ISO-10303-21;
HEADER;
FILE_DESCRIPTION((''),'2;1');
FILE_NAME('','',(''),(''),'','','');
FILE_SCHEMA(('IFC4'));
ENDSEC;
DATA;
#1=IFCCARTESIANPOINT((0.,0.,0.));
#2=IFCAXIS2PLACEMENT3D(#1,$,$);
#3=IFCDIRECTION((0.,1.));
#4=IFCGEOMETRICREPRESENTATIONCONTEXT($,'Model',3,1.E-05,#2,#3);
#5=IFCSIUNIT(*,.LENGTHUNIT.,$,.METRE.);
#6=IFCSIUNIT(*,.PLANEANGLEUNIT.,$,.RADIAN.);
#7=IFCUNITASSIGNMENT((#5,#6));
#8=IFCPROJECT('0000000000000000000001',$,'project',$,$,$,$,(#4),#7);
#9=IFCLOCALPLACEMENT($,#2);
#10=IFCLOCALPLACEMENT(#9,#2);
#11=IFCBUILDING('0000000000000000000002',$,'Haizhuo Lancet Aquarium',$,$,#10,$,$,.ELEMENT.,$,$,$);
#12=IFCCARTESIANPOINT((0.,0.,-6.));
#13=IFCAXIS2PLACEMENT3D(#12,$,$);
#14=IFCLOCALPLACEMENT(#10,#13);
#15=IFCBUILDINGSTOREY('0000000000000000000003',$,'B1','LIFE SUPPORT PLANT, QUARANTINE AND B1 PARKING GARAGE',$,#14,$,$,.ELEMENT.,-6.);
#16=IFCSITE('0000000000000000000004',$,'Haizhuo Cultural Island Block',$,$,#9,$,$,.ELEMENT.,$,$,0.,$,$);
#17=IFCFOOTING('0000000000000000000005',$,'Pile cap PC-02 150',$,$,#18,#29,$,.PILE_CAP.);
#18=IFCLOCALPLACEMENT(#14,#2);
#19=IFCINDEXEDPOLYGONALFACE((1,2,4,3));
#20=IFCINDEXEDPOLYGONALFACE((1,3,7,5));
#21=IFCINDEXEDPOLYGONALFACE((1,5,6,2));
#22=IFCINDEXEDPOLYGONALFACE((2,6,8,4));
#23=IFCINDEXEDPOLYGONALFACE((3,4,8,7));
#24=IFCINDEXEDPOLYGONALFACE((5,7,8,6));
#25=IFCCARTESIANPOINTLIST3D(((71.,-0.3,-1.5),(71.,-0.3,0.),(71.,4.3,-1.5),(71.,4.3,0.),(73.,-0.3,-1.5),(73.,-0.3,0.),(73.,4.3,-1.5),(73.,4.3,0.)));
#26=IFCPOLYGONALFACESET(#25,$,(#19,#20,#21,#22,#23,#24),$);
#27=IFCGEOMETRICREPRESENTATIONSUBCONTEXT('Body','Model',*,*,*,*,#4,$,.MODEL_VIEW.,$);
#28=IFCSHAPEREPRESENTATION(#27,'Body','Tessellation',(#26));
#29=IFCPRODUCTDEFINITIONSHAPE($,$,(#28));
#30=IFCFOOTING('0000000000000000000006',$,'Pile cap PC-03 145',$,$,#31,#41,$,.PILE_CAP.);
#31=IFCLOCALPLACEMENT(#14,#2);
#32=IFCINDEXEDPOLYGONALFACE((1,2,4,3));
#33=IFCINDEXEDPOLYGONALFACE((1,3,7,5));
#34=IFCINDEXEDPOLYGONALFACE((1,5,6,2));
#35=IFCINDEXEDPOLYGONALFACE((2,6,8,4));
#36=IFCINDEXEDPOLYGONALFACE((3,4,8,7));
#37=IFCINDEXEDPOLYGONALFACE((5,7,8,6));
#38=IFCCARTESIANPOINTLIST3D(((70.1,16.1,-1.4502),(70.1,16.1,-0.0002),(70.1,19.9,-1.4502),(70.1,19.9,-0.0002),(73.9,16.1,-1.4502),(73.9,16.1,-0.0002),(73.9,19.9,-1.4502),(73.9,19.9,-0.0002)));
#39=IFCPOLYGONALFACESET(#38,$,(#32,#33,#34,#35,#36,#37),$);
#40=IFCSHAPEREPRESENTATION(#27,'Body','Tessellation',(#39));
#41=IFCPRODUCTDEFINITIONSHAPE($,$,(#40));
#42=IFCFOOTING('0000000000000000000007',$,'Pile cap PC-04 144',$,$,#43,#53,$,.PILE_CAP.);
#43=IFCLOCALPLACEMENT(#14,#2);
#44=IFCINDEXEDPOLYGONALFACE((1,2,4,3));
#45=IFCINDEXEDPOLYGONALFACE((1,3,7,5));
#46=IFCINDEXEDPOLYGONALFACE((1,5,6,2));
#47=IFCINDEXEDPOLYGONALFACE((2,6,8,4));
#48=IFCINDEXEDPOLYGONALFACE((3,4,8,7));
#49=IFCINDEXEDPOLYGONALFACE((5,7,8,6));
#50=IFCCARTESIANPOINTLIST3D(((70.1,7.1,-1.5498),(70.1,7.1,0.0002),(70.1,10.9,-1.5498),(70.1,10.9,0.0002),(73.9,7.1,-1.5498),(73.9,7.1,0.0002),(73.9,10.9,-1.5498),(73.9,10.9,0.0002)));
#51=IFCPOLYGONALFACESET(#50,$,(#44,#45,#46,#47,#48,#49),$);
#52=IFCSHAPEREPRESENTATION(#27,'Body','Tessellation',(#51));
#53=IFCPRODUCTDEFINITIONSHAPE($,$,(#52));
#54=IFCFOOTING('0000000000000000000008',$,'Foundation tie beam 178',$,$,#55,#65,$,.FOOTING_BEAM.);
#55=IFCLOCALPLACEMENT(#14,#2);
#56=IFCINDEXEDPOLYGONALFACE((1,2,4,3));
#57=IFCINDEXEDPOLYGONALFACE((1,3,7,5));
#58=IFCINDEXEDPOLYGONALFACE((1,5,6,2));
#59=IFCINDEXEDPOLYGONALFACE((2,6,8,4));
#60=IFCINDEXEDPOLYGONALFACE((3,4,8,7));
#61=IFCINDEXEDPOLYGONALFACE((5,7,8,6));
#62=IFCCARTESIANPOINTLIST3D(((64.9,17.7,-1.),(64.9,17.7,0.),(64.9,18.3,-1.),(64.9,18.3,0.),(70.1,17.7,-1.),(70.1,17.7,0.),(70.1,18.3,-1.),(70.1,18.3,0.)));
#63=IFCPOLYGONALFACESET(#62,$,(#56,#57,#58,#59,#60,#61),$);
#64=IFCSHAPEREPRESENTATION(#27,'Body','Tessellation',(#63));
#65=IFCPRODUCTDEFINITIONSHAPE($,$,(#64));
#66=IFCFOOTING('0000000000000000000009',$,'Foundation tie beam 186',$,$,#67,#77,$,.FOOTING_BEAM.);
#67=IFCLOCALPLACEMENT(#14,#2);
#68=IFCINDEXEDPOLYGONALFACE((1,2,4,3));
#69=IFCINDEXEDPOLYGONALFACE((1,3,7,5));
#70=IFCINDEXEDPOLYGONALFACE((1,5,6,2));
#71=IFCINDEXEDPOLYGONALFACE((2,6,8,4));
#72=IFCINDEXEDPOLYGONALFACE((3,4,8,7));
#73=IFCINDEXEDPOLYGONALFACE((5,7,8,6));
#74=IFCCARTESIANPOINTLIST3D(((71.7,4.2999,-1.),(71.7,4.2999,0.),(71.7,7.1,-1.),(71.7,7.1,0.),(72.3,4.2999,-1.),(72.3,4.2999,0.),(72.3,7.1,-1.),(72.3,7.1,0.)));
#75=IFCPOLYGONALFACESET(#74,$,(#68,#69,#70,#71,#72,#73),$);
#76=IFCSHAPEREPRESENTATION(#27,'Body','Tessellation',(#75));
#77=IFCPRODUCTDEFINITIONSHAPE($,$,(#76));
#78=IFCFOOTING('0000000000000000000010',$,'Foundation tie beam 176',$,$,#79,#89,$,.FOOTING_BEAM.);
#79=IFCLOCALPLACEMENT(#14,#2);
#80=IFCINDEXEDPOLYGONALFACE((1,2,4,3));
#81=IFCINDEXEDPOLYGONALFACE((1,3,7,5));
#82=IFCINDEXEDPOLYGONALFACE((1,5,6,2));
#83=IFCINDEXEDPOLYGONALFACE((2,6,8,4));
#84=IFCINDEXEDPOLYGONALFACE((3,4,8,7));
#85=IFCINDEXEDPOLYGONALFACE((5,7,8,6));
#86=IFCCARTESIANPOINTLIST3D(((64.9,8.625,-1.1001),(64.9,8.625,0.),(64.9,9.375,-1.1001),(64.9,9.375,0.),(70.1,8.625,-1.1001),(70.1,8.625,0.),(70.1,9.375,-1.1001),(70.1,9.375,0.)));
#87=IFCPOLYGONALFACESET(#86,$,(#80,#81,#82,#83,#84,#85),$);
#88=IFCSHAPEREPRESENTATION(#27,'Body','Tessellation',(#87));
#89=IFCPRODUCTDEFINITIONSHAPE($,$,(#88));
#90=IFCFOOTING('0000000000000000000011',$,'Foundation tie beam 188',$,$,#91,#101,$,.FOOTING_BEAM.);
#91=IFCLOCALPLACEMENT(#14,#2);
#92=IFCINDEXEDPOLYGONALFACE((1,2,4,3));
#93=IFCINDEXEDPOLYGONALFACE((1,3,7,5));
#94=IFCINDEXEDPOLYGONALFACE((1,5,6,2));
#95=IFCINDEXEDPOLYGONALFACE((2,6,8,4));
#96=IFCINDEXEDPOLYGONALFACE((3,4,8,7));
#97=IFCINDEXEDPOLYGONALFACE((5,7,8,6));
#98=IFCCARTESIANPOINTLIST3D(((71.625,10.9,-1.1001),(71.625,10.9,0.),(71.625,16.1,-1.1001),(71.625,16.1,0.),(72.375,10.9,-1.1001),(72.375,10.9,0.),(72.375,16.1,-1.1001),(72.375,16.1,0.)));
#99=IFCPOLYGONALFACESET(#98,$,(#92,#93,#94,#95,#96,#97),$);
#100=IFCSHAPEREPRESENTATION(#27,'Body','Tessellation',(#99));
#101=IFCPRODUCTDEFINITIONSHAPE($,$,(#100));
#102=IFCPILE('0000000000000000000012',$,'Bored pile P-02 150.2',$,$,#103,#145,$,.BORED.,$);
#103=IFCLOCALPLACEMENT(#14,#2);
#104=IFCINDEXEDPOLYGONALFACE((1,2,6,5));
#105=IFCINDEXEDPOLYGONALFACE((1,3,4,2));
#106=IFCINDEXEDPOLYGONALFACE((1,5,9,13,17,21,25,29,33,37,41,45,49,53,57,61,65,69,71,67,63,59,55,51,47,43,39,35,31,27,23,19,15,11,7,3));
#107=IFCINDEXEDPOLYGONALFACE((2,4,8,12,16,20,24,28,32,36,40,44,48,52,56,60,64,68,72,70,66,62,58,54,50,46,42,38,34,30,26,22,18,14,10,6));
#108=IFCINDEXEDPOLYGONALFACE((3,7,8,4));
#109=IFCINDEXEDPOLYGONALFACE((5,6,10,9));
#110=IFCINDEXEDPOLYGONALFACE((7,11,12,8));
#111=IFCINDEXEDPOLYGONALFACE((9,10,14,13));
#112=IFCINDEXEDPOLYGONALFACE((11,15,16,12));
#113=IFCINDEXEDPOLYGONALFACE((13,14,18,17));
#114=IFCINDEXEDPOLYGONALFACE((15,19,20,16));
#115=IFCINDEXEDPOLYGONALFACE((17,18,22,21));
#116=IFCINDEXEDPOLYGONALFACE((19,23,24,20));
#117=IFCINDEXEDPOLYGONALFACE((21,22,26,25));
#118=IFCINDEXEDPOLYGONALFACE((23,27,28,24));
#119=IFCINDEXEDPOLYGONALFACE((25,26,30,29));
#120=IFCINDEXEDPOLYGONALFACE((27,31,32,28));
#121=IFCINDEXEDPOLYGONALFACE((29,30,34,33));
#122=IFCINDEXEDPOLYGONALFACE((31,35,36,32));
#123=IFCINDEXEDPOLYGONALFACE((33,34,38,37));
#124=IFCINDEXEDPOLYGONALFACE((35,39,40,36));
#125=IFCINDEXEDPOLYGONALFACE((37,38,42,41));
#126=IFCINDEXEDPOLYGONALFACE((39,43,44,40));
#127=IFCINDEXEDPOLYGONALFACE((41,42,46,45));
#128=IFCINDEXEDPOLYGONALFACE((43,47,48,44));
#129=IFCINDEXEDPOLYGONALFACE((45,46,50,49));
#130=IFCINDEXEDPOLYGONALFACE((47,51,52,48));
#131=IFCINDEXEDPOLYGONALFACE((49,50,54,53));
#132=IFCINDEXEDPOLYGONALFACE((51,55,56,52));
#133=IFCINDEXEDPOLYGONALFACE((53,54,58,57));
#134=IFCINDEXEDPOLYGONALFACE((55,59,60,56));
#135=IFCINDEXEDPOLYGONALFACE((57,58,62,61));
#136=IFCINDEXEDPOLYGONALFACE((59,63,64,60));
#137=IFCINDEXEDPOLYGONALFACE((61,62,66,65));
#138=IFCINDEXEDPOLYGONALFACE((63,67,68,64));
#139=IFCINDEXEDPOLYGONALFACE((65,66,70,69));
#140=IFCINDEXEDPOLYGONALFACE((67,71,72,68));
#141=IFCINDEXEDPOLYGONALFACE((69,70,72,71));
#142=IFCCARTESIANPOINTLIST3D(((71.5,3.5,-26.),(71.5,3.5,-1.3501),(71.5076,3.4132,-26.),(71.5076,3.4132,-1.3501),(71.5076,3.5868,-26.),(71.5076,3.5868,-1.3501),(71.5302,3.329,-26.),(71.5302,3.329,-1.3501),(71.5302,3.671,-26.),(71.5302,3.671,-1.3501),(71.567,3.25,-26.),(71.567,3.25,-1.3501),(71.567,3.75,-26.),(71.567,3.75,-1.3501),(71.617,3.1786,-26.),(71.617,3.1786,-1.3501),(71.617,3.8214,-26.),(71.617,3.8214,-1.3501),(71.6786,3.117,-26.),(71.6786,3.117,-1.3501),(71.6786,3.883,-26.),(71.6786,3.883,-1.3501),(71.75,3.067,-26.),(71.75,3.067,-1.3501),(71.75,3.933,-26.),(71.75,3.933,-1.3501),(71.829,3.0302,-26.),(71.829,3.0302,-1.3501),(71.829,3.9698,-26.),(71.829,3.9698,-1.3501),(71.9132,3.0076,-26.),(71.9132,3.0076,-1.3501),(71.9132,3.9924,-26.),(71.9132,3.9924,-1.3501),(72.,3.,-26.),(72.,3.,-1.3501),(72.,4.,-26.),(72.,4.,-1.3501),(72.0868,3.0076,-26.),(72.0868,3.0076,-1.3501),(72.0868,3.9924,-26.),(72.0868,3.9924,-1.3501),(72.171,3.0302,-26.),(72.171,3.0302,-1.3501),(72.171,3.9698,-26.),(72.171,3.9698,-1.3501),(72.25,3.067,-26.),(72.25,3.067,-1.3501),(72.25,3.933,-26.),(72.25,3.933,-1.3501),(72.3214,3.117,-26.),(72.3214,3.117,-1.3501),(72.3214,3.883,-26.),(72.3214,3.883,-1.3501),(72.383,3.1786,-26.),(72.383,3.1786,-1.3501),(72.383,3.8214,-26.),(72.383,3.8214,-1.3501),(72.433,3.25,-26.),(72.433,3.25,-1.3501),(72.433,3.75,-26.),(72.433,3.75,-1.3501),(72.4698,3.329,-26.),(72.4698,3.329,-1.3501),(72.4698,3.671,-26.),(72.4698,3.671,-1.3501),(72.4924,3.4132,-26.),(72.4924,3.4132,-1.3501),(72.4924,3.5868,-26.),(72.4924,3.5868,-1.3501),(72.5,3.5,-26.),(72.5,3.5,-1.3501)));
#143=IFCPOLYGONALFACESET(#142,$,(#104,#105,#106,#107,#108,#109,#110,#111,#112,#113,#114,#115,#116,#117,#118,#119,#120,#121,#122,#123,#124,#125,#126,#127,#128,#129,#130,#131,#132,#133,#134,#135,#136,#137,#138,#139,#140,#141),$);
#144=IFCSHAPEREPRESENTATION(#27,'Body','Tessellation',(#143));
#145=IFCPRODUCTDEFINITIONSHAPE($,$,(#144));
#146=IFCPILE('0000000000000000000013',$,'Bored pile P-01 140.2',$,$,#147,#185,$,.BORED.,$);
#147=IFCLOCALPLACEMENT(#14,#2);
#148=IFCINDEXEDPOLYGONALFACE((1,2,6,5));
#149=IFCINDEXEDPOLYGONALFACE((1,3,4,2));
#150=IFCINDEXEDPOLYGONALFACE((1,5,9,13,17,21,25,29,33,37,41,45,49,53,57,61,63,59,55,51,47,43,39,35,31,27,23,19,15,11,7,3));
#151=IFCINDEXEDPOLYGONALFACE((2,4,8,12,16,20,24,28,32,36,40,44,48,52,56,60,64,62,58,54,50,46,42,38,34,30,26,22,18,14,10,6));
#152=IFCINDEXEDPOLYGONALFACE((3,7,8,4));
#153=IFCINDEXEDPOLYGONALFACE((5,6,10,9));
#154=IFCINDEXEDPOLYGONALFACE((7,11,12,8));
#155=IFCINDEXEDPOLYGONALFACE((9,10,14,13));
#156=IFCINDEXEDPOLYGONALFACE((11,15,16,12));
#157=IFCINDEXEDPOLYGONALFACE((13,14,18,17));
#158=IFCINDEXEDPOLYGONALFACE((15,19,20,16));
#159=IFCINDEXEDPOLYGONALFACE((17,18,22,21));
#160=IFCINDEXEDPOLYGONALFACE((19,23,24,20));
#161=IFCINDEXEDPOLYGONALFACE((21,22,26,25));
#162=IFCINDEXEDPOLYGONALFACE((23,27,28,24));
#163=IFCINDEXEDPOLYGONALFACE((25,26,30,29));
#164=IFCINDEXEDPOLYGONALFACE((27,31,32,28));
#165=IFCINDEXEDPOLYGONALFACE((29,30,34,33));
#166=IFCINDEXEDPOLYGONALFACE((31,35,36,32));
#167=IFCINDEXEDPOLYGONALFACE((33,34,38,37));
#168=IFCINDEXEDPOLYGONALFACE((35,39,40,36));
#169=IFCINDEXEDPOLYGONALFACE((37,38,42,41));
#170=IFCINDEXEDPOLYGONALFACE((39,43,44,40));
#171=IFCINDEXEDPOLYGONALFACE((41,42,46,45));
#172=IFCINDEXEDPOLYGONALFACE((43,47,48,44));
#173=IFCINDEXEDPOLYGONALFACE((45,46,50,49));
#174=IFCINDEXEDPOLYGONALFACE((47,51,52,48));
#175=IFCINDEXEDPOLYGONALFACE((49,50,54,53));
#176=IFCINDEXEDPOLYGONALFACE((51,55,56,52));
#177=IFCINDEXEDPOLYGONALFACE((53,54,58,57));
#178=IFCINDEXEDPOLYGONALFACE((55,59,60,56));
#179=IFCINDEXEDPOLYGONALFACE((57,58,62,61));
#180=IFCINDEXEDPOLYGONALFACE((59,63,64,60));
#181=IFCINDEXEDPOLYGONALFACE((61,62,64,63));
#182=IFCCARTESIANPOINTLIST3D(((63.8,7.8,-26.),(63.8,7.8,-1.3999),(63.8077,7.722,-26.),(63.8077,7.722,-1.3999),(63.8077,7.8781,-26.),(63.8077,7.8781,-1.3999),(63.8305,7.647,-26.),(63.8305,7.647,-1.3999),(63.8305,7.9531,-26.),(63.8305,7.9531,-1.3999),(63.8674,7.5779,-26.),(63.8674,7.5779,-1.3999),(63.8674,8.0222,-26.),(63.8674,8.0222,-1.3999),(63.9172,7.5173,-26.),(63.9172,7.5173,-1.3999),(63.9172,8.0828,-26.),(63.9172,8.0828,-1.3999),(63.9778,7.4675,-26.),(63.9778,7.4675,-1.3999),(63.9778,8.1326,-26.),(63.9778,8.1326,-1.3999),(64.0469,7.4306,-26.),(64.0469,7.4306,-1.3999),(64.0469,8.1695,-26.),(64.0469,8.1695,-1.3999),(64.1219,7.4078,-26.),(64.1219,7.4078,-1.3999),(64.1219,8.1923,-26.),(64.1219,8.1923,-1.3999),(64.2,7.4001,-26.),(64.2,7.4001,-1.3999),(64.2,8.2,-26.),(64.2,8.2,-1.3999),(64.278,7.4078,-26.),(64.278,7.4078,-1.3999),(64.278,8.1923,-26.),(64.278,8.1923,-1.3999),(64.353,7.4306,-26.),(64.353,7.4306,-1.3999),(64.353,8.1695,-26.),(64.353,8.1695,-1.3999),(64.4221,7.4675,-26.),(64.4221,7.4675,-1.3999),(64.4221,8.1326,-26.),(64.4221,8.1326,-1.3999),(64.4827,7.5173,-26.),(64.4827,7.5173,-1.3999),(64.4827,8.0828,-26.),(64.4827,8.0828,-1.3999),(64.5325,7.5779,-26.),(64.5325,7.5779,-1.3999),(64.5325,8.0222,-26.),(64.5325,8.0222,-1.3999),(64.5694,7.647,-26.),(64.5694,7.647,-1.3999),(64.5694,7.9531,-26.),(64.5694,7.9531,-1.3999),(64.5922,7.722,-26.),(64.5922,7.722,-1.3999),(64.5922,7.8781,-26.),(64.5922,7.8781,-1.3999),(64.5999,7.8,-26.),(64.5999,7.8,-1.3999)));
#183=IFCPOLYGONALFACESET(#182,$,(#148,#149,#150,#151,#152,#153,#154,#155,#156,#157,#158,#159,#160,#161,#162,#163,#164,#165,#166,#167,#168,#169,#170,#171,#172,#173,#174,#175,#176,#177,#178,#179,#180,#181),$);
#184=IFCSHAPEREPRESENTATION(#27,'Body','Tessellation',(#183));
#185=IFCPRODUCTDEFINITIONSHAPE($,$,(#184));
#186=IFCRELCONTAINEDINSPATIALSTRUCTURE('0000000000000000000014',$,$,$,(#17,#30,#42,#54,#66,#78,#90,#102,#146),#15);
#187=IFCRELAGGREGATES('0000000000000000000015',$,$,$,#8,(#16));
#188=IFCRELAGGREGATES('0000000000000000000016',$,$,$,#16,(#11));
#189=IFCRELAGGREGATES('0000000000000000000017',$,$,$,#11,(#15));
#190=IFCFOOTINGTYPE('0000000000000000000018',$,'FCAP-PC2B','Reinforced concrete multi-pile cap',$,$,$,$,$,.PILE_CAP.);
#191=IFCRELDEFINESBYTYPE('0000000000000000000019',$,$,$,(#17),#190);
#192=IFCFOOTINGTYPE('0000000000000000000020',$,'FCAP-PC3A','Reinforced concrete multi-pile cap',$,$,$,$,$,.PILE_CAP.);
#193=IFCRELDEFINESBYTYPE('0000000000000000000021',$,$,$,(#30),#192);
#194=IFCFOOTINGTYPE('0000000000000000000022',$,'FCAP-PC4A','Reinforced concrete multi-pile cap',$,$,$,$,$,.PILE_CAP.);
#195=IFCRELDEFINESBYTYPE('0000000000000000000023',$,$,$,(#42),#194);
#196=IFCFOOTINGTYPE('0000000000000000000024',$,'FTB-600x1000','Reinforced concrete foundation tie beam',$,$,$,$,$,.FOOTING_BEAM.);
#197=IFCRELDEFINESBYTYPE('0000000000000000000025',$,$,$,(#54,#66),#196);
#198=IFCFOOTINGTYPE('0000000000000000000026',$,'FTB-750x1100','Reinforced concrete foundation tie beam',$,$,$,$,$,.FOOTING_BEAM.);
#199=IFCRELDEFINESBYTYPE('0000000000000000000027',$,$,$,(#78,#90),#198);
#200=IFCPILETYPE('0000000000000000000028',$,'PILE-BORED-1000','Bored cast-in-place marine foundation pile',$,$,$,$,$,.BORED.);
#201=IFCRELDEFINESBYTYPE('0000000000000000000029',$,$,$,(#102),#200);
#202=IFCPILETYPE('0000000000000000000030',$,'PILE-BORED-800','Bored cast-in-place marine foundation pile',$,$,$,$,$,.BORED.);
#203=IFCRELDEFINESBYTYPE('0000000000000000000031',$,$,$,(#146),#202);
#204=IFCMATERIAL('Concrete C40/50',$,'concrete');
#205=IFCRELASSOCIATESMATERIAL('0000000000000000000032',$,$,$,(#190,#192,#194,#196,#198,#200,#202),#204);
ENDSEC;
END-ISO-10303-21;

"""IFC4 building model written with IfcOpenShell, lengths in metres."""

from ifc_helpers import new_model, si_unit, direction, frame, origin, origin_2d, place, context, subcontext, project, spatial, rectangle, circle, extrude, material, material_profile, profile_set, type_object, element, save


model = new_model("IFC4")

# Units and contexts
model_context = context("Model", 3, precision=1e-05, world=origin(), true_north=direction((0.0, 1.0)))
body_context = subcontext(model_context, "Body", "Model", "MODEL_VIEW")
ifc_project = project(units=[si_unit("LENGTHUNIT", "METRE"), si_unit("PLANEANGLEUNIT", "RADIAN")], contexts=[model_context])

# Site, building, storey
site_placement = place(None, origin())
site = spatial("IfcSite", under=ifc_project, at=site_placement, Name="Haizhuo Cultural Island Block", CompositionType="ELEMENT", RefElevation=0.0)
building_placement = place(site_placement, origin())
building = spatial("IfcBuilding", under=site, at=building_placement, Name="Haizhuo Lancet Aquarium", CompositionType="ELEMENT")
storey_placement = place(building_placement, frame((0.0, 0.0, -6.0)))
storey = spatial("IfcBuildingStorey", under=building, at=storey_placement, Name="B1", Description="LIFE SUPPORT PLANT, QUARANTINE AND B1 PARKING GARAGE", CompositionType="ELEMENT", Elevation=-6.0)

# Footings
ifc_material_1 = material(Name="Concrete C40/50", Category="concrete")
footing_type_1 = type_object("IfcFootingType", Name="FCAP-PC2B", Description="Reinforced concrete multi-pile cap", PredefinedType="PILE_CAP", material=ifc_material_1)
footing_1_placement = place(storey_placement, frame((72.0, 2.0, -1.5), z_axis=(0.0, 0.0, 1.0), x_axis=(1.0, 0.0, 0.0)))
element("IfcFooting", 1, at=footing_1_placement, inside=storey, type_object=footing_type_1, Name="Pile cap PC-02 150", PredefinedType="PILE_CAP", context=body_context, shape_type="SweptSolid", body=[
    extrude(rectangle(XDim=2.0, YDim=4.6001, at=origin_2d()), origin(), (0.0, 0.0, 1.0), 1.5),
])
footing_type_2 = type_object("IfcFootingType", Name="FCAP-PC3A", Description="Reinforced concrete multi-pile cap", PredefinedType="PILE_CAP", material=ifc_material_1)
footing_2_placement = place(storey_placement, frame((72.0, 18.0, -1.4502), z_axis=(0.0, 0.0, 1.0), x_axis=(1.0, 0.0, 0.0)))
element("IfcFooting", 2, at=footing_2_placement, inside=storey, type_object=footing_type_2, Name="Pile cap PC-03 145", PredefinedType="PILE_CAP", context=body_context, shape_type="SweptSolid", body=[
    extrude(rectangle(XDim=3.8, YDim=3.8, at=origin_2d()), origin(), (0.0, 0.0, 1.0), 1.45),
])
footing_type_3 = type_object("IfcFootingType", Name="FCAP-PC4A", Description="Reinforced concrete multi-pile cap", PredefinedType="PILE_CAP", material=ifc_material_1)
footing_3_placement = place(storey_placement, frame((72.0, 9.0, -1.5498), z_axis=(0.0, 0.0, 1.0), x_axis=(1.0, 0.0, 0.0)))
element("IfcFooting", 3, at=footing_3_placement, inside=storey, type_object=footing_type_3, Name="Pile cap PC-04 144", PredefinedType="PILE_CAP", context=body_context, shape_type="SweptSolid", body=[
    extrude(rectangle(XDim=3.8, YDim=3.8, at=origin_2d()), origin(), (0.0, 0.0, 1.0), 1.55),
])
footing_type_4 = type_object("IfcFootingType", Name="FTB-600x1000", Description="Reinforced concrete foundation tie beam", PredefinedType="FOOTING_BEAM", material=ifc_material_1)
footing_4_placement = place(storey_placement, frame((67.5, 18.0, -1.0), z_axis=(0.0, 0.0, 1.0), x_axis=(1.0, 0.0, 0.0)))
element("IfcFooting", 4, at=footing_4_placement, inside=storey, type_object=footing_type_4, Name="Foundation tie beam 178", PredefinedType="FOOTING_BEAM", context=body_context, shape_type="SweptSolid", body=[
    extrude(rectangle(XDim=5.2, YDim=0.6001, at=origin_2d()), origin(), (0.0, 0.0, 1.0), 1.0),
])
footing_5_placement = place(storey_placement, frame((72.0, 5.7, -1.0), z_axis=(0.0, 0.0, 1.0), x_axis=(0.0, 1.0, 0.0)))
element("IfcFooting", 5, at=footing_5_placement, inside=storey, type_object=footing_type_4, Name="Foundation tie beam 186", PredefinedType="FOOTING_BEAM", context=body_context, shape_type="SweptSolid", body=[
    extrude(rectangle(XDim=2.8, YDim=0.6001, at=origin_2d()), origin(), (0.0, 0.0, 1.0), 1.0),
])
footing_type_5 = type_object("IfcFootingType", Name="FTB-750x1100", Description="Reinforced concrete foundation tie beam", PredefinedType="FOOTING_BEAM", material=ifc_material_1)
for number, where, z_axis, x_axis, name in (
    (6, (67.5, 9.0, -1.1001), (0.0, 0.0, 1.0), (1.0, 0.0, 0.0), "Foundation tie beam 176"),
    (7, (72.0, 13.5, -1.1001), (0.0, 0.0, 1.0), (0.0, 1.0, 0.0), "Foundation tie beam 188"),
):
    element("IfcFooting", number, at=place(storey_placement, frame(where, z_axis=z_axis, x_axis=x_axis)), inside=storey, type_object=footing_type_5, Name=name, PredefinedType="FOOTING_BEAM", context=body_context, shape_type="SweptSolid", body=[
        extrude(rectangle(XDim=5.2, YDim=0.75, at=origin_2d()), origin(), (0.0, 0.0, 1.0), 1.1001),
    ])

# Piles
ifc_material_profile_1 = material_profile(ifc_material_1, circle(Radius=0.5, at=origin_2d()), Name="PILE-1000")
ifc_profile_set_1 = profile_set([ifc_material_profile_1], Name="Concrete C40/50")
pile_type_1 = type_object("IfcPileType", Name="PILE-BORED-1000", Description="Bored cast-in-place marine foundation pile", PredefinedType="BORED", material=ifc_profile_set_1)
pile_1_placement = place(storey_placement, frame((72.0, 3.5, -1.3501), z_axis=(0.0, 0.0, -1.0), x_axis=(1.0, 0.0, 0.0)))
element("IfcPile", 8, at=pile_1_placement, inside=storey, type_object=pile_type_1, Name="Bored pile P-02 150.2", PredefinedType="BORED", context=body_context, shape_type="SweptSolid", body=[
    extrude(circle(Radius=0.5, at=origin_2d()), origin(), (0.0, 0.0, 1.0), 24.6499),
])
ifc_material_profile_2 = material_profile(ifc_material_1, circle(Radius=0.3999, at=origin_2d()), Name="PILE-800")
ifc_profile_set_2 = profile_set([ifc_material_profile_2], Name="Concrete C40/50")
pile_type_2 = type_object("IfcPileType", Name="PILE-BORED-800", Description="Bored cast-in-place marine foundation pile", PredefinedType="BORED", material=ifc_profile_set_2)
for number, where, z_axis, x_axis, name in (
    (9, (64.2, 7.8, -1.3999), (0.0, 0.0, -1.0), (1.0, 0.0, 0.0), "Bored pile P-01 140.2"),
):
    element("IfcPile", number, at=place(storey_placement, frame(where, z_axis=z_axis, x_axis=x_axis)), inside=storey, type_object=pile_type_2, Name=name, PredefinedType="BORED", context=body_context, shape_type="SweptSolid", body=[
        extrude(circle(Radius=0.3999, at=origin_2d()), origin(), (0.0, 0.0, 1.0), 24.6001),
    ])

save(model, "model.ifc")
